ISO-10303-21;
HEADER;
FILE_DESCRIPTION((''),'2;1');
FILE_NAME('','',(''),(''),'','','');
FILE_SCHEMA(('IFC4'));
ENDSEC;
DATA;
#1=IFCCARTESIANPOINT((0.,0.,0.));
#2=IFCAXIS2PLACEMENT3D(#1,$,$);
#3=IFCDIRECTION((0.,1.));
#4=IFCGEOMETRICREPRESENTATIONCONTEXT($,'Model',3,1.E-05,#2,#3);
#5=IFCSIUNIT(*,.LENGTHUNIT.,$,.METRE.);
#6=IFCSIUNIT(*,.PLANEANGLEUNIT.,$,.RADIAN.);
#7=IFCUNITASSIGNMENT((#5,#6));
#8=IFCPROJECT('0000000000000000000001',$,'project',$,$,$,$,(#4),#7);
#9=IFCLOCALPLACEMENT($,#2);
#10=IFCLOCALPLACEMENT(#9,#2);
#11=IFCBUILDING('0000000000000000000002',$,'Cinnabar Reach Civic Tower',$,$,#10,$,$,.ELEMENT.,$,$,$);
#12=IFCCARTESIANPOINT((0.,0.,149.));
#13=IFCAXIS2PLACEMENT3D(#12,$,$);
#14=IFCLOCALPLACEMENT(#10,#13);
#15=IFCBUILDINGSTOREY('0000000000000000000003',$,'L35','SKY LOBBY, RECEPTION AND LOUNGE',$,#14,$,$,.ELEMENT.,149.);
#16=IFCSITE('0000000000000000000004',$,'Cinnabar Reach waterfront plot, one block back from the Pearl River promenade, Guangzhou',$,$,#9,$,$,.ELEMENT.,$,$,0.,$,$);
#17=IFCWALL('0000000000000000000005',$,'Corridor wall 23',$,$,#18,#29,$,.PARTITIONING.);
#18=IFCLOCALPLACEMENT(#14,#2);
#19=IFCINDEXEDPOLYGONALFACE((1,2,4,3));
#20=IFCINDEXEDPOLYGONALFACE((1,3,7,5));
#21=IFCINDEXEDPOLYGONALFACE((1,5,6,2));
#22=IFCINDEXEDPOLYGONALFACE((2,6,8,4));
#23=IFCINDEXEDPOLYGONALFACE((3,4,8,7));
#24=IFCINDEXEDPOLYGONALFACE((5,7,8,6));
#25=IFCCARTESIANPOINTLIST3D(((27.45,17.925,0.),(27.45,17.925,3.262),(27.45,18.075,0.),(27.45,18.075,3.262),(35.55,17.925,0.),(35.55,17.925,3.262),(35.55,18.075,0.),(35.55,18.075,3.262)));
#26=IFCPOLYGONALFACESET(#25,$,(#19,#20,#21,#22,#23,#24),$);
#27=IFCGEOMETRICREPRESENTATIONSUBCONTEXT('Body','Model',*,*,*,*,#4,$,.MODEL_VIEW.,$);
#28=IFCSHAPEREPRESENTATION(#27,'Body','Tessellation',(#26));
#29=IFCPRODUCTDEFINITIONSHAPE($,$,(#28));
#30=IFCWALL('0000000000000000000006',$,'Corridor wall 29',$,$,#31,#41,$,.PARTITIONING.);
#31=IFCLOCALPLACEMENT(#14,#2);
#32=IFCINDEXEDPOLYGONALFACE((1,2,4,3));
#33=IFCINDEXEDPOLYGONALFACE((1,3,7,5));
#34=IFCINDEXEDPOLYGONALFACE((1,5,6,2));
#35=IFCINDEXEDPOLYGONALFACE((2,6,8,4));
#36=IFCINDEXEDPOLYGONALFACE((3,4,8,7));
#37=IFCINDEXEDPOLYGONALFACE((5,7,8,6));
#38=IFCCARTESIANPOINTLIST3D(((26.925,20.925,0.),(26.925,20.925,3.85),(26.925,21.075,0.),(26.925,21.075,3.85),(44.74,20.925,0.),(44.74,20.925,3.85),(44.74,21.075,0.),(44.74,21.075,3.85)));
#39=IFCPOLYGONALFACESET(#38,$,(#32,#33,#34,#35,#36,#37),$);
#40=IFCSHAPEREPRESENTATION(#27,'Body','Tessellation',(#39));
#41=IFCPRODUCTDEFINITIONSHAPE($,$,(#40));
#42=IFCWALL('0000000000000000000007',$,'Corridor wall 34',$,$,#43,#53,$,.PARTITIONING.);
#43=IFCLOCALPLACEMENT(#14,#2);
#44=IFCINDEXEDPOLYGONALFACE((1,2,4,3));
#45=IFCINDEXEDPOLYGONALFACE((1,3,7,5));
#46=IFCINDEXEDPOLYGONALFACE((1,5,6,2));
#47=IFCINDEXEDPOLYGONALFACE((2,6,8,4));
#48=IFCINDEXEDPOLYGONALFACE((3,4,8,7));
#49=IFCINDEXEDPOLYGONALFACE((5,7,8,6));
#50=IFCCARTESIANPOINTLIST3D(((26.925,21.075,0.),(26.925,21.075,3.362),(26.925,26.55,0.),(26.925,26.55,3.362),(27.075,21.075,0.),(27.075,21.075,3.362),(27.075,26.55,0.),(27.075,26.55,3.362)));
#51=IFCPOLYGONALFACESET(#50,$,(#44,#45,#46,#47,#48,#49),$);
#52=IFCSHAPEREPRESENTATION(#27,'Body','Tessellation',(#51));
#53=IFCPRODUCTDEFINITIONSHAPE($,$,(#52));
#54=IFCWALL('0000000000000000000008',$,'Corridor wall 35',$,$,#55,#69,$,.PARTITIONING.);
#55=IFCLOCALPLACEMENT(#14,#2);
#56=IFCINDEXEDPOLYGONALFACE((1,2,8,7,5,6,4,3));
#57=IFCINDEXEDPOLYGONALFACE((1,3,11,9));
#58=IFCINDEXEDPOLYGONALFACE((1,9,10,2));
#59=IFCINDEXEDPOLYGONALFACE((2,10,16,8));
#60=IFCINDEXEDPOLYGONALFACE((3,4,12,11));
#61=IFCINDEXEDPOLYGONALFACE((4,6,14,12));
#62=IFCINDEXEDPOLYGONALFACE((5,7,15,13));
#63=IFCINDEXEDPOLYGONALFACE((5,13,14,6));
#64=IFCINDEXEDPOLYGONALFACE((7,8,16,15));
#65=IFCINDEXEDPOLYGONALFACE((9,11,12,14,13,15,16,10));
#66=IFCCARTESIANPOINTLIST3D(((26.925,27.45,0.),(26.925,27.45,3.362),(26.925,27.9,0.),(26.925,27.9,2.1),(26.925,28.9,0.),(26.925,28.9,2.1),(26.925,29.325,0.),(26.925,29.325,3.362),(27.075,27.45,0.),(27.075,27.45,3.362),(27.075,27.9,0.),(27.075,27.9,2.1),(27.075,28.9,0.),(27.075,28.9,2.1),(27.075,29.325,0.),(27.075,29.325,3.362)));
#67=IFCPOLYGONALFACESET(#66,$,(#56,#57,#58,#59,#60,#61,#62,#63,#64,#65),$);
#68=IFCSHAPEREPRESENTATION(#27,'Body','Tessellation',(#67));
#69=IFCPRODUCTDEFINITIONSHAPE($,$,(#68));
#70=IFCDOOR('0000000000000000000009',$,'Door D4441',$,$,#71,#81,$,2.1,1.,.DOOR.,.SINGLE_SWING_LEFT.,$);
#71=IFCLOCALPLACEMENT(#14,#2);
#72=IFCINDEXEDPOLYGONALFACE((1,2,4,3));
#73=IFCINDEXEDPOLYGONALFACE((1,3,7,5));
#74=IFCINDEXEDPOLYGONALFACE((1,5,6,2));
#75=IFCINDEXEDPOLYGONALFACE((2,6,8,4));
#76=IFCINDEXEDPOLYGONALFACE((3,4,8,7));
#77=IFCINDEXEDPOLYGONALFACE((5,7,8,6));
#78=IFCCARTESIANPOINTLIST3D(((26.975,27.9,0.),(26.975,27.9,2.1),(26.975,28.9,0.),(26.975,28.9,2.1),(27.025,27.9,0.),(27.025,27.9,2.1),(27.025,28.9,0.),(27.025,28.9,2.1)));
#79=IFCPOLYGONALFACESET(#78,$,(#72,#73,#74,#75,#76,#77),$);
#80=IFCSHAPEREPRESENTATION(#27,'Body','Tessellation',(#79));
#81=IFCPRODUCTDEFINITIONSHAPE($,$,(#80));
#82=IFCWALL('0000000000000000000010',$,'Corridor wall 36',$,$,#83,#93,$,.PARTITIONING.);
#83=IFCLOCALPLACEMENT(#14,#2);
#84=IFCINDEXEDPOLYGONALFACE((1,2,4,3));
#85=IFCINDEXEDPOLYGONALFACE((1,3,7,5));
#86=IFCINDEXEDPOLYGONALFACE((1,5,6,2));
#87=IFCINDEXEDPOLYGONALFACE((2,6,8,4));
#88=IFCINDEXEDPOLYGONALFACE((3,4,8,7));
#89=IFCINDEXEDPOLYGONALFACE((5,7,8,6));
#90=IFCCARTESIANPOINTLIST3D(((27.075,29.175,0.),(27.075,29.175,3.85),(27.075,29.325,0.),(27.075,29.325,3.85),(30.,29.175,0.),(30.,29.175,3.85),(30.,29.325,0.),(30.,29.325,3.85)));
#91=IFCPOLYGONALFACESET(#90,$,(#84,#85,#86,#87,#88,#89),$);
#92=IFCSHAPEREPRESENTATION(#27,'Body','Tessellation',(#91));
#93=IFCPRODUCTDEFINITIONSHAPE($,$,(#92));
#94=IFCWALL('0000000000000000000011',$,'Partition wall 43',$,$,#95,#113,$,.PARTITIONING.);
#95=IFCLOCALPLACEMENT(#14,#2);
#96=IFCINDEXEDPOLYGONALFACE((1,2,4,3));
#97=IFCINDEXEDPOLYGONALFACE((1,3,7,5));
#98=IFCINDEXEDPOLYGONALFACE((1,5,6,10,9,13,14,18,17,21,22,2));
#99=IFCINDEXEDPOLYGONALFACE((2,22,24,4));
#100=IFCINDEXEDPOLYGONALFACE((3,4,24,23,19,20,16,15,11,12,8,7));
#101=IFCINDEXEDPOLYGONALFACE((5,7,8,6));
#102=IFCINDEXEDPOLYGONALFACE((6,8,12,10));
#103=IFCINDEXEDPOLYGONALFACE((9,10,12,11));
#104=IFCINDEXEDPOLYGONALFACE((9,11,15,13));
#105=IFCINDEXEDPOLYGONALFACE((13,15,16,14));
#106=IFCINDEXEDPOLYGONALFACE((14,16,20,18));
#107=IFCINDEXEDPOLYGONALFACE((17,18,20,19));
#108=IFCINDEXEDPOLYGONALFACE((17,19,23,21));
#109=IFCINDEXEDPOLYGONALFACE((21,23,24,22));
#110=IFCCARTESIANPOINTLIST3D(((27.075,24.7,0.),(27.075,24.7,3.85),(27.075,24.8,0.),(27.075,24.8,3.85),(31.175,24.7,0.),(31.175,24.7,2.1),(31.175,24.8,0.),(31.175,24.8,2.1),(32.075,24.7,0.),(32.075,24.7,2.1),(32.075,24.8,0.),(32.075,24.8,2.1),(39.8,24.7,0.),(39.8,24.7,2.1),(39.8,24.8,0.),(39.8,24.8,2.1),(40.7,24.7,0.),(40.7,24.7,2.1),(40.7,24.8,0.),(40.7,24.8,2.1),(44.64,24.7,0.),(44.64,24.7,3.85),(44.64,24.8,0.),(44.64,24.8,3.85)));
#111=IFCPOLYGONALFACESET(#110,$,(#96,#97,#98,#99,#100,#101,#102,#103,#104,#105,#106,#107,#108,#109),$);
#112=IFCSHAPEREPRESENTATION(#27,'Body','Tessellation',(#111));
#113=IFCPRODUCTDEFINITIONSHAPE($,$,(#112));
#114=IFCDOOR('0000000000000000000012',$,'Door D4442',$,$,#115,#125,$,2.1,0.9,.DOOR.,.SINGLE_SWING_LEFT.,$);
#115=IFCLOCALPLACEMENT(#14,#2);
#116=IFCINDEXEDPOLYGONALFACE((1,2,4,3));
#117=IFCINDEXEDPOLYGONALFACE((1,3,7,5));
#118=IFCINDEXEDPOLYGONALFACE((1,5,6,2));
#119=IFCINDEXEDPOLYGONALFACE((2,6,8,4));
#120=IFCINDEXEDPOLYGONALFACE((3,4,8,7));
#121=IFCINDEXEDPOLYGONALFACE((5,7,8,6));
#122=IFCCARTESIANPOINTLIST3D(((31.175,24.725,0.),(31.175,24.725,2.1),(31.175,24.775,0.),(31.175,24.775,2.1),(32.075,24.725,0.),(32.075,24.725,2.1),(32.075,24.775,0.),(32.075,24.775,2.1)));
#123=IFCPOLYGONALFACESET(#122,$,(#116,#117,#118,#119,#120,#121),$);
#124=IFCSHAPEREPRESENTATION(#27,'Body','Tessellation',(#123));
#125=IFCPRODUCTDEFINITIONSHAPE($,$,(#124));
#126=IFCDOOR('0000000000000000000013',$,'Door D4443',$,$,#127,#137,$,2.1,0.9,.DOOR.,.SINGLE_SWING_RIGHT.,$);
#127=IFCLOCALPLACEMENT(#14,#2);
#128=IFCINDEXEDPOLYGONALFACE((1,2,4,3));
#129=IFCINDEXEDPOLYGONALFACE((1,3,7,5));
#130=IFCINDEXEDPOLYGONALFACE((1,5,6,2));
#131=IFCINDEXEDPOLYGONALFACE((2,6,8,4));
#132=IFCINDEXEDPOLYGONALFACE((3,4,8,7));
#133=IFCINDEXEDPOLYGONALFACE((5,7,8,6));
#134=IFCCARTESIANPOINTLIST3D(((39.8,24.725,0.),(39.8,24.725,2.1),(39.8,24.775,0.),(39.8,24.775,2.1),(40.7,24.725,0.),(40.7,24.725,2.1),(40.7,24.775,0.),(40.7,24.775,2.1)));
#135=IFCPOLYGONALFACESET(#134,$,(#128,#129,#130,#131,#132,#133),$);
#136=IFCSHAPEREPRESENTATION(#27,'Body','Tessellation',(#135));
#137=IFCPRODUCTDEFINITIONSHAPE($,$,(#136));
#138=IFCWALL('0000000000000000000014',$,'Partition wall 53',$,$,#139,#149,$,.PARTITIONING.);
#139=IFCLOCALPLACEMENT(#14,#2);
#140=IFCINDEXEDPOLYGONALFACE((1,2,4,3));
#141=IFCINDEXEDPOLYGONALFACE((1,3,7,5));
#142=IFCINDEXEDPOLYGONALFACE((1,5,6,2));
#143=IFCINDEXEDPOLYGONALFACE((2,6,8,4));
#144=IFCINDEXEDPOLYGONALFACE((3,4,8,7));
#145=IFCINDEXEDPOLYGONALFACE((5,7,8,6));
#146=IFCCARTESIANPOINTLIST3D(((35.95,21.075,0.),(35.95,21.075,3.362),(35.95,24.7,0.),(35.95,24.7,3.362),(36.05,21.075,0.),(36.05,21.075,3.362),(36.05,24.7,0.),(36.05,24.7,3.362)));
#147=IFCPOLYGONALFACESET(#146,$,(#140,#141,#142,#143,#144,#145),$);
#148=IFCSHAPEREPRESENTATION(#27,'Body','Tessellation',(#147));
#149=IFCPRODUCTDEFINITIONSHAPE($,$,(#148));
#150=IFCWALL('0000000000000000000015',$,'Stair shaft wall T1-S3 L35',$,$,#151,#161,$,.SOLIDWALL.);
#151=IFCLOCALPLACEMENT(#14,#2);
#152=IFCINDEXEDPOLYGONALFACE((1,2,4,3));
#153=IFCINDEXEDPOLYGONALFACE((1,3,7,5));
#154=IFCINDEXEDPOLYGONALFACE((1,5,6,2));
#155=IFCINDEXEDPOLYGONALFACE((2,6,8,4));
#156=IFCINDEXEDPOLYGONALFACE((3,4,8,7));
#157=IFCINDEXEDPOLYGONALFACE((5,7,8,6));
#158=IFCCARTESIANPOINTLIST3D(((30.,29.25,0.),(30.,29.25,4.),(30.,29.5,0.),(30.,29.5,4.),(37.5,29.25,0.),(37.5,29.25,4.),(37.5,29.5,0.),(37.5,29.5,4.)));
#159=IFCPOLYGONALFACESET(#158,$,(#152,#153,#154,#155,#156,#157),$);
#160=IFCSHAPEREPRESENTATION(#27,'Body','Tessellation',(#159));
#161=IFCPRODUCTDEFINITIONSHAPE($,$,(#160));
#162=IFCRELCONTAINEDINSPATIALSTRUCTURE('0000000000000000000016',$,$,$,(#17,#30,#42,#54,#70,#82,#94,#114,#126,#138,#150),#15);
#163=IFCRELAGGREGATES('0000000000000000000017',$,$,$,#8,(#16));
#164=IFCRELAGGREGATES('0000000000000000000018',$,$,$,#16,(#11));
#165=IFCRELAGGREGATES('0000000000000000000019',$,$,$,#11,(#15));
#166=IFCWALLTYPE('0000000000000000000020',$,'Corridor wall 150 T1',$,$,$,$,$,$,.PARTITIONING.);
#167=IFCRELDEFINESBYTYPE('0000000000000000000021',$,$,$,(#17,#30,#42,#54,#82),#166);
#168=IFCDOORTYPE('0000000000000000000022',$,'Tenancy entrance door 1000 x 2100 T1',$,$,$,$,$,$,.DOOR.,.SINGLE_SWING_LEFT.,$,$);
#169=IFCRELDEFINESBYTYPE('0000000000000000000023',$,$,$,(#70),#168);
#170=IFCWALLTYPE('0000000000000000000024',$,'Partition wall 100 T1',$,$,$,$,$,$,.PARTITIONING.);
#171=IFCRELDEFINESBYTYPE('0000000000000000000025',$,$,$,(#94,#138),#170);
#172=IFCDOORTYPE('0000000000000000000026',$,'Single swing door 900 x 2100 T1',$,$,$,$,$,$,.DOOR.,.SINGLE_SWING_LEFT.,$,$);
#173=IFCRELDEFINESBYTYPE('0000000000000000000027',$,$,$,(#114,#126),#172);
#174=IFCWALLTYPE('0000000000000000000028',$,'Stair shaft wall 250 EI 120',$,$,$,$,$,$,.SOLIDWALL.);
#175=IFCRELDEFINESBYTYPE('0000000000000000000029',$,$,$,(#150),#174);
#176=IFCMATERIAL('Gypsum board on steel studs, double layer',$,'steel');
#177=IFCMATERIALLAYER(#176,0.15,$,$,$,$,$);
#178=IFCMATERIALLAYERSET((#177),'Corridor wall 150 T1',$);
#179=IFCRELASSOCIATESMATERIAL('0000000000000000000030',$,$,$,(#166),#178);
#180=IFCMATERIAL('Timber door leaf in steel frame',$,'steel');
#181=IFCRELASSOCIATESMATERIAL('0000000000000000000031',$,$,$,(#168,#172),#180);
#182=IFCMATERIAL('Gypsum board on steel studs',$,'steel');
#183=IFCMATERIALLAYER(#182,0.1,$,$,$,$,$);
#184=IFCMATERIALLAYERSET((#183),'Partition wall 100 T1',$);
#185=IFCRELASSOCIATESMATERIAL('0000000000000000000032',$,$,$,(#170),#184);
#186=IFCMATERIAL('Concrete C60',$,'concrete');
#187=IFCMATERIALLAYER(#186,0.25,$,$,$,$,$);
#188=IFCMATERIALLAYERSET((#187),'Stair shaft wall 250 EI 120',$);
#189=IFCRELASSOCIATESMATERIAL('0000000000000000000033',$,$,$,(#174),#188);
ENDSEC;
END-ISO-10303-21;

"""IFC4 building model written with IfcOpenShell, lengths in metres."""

from ifc_helpers import new_model, si_unit, direction, frame, frame_2d, origin, place, context, subcontext, project, spatial, rectangle, extrude, material, layer, layer_set, type_object, element, fill, save


model = new_model("IFC4")

# Units and contexts
model_context = context("Model", 3, precision=1e-05, world=origin(), true_north=direction((0.0, 1.0)))
body_context = subcontext(model_context, "Body", "Model", "MODEL_VIEW")
ifc_project = project(units=[si_unit("LENGTHUNIT", "METRE"), si_unit("PLANEANGLEUNIT", "RADIAN")], contexts=[model_context])

# Site, building, storey
site_placement = place(None, origin())
site = spatial("IfcSite", under=ifc_project, at=site_placement, Name="Cinnabar Reach waterfront plot, one block back from the Pearl River promenade, Guangzhou", CompositionType="ELEMENT", RefElevation=0.0)
building_placement = place(site_placement, origin())
building = spatial("IfcBuilding", under=site, at=building_placement, Name="Cinnabar Reach Civic Tower", CompositionType="ELEMENT")
storey_placement = place(building_placement, frame((0.0, 0.0, 149.0)))
storey = spatial("IfcBuildingStorey", under=building, at=storey_placement, Name="L35", Description="SKY LOBBY, RECEPTION AND LOUNGE", CompositionType="ELEMENT", Elevation=149.0)

# Shared definitions
ifc_material_1 = material(Name="Timber door leaf in steel frame", Category="steel")

# Walls
ifc_material_2 = material(Name="Gypsum board on steel studs, double layer", Category="steel")
ifc_layer_1 = layer(ifc_material_2, 0.15)
ifc_layer_set_1 = layer_set([ifc_layer_1], Name="Corridor wall 150 T1")
wall_type_1 = type_object("IfcWallType", Name="Corridor wall 150 T1", PredefinedType="PARTITIONING", material=ifc_layer_set_1)
wall_1_placement = place(storey_placement, frame((27.45, 18.0, 0.0), z_axis=(0.0, 0.0, 1.0), x_axis=(1.0, 0.0, 0.0)))
element("IfcWall", 1, at=wall_1_placement, inside=storey, type_object=wall_type_1, Name="Corridor wall 23", PredefinedType="PARTITIONING", context=body_context, shape_type="SweptSolid", body=[
    extrude(rectangle(XDim=8.1, YDim=0.15, at=frame_2d((4.05, 0.0))), origin(), (0.0, 0.0, 1.0), 3.262),
])
wall_2_placement = place(storey_placement, frame((26.925, 21.0, 0.0), z_axis=(0.0, 0.0, 1.0), x_axis=(1.0, 0.0, 0.0)))
element("IfcWall", 2, at=wall_2_placement, inside=storey, type_object=wall_type_1, Name="Corridor wall 29", PredefinedType="PARTITIONING", context=body_context, shape_type="SweptSolid", body=[
    extrude(rectangle(XDim=17.815, YDim=0.15, at=frame_2d((8.9075, 0.0))), origin(), (0.0, 0.0, 1.0), 3.85),
])
wall_3_placement = place(storey_placement, frame((27.0, 21.075, 0.0), z_axis=(0.0, 0.0, 1.0), x_axis=(0.0, 1.0, 0.0)))
element("IfcWall", 3, at=wall_3_placement, inside=storey, type_object=wall_type_1, Name="Corridor wall 34", PredefinedType="PARTITIONING", context=body_context, shape_type="SweptSolid", body=[
    extrude(rectangle(XDim=5.475, YDim=0.15, at=frame_2d((2.7375, 0.0))), origin(), (0.0, 0.0, 1.0), 3.362),
])

# Wall, opening, door
wall_4_placement = place(storey_placement, frame((27.0, 27.45, 0.0), z_axis=(0.0, 0.0, 1.0), x_axis=(0.0, 1.0, 0.0)))
wall_4 = element("IfcWall", 4, at=wall_4_placement, inside=storey, type_object=wall_type_1, Name="Corridor wall 35", PredefinedType="PARTITIONING", context=body_context, shape_type="SweptSolid", body=[
    extrude(rectangle(XDim=1.875, YDim=0.15, at=frame_2d((0.9375, 0.0))), origin(), (0.0, 0.0, 1.0), 3.362),
])
opening_1_placement = place(wall_4_placement, frame((0.45, 0.0, 0.0)))
opening_1 = element("IfcOpeningElement", 5, at=opening_1_placement, cuts=wall_4, PredefinedType="OPENING", context=body_context, shape_type="SweptSolid", body=[
    extrude(rectangle(XDim=1.0, YDim=2.1, at=frame_2d((0.5, 1.05))), frame((0.0, 0.085, 0.0), z_axis=(0.0, -1.0, 0.0), x_axis=(1.0, 0.0, 0.0)), (0.0, 0.0, 1.0), 0.17),
])
door_type_1 = type_object("IfcDoorType", Name="Tenancy entrance door 1000 x 2100 T1", OperationType="SINGLE_SWING_LEFT", PredefinedType="DOOR", material=ifc_material_1)
door_1_placement = place(opening_1_placement, frame((1.0, 0.0, 0.0), z_axis=(0.0, 0.0, 1.0), x_axis=(-1.0, 0.0, 0.0)))
door_1 = element("IfcDoor", 6, at=door_1_placement, inside=storey, type_object=door_type_1, Name="Door D4441", OperationType="SINGLE_SWING_LEFT", OverallHeight=2.1, OverallWidth=1.0, PredefinedType="DOOR", context=body_context, shape_type="SweptSolid", body=[
    extrude(rectangle(XDim=1.0, YDim=2.1, at=frame_2d((0.5, 1.05))), frame((0.0, 0.025, 0.0), z_axis=(0.0, -1.0, 0.0), x_axis=(1.0, 0.0, 0.0)), (0.0, 0.0, 1.0), 0.05),
])
fill(opening_1, door_1)

# Wall
wall_5_placement = place(storey_placement, frame((27.075, 29.25, 0.0), z_axis=(0.0, 0.0, 1.0), x_axis=(1.0, 0.0, 0.0)))
element("IfcWall", 7, at=wall_5_placement, inside=storey, type_object=wall_type_1, Name="Corridor wall 36", PredefinedType="PARTITIONING", context=body_context, shape_type="SweptSolid", body=[
    extrude(rectangle(XDim=2.925, YDim=0.15, at=frame_2d((1.4625, 0.0))), origin(), (0.0, 0.0, 1.0), 3.85),
])

# Wall, openings, doors
ifc_material_3 = material(Name="Gypsum board on steel studs", Category="steel")
ifc_layer_2 = layer(ifc_material_3, 0.1)
ifc_layer_set_2 = layer_set([ifc_layer_2], Name="Partition wall 100 T1")
wall_type_2 = type_object("IfcWallType", Name="Partition wall 100 T1", PredefinedType="PARTITIONING", material=ifc_layer_set_2)
wall_6_placement = place(storey_placement, frame((27.075, 24.75, 0.0), z_axis=(0.0, 0.0, 1.0), x_axis=(1.0, 0.0, 0.0)))
wall_6 = element("IfcWall", 8, at=wall_6_placement, inside=storey, type_object=wall_type_2, Name="Partition wall 43", PredefinedType="PARTITIONING", context=body_context, shape_type="SweptSolid", body=[
    extrude(rectangle(XDim=17.565, YDim=0.1, at=frame_2d((8.7825, 0.0))), origin(), (0.0, 0.0, 1.0), 3.85),
])
opening_2_placement = place(wall_6_placement, frame((4.1, 0.0, 0.0)))
opening_2 = element("IfcOpeningElement", 9, at=opening_2_placement, cuts=wall_6, PredefinedType="OPENING", context=body_context, shape_type="SweptSolid", body=[
    extrude(rectangle(XDim=0.9, YDim=2.1, at=frame_2d((0.45, 1.05))), frame((0.0, 0.06, 0.0), z_axis=(0.0, -1.0, 0.0), x_axis=(1.0, 0.0, 0.0)), (0.0, 0.0, 1.0), 0.12),
])
opening_3_placement = place(wall_6_placement, frame((12.725, 0.0, 0.0)))
opening_3 = element("IfcOpeningElement", 10, at=opening_3_placement, cuts=wall_6, PredefinedType="OPENING", context=body_context, shape_type="SweptSolid", body=[
    extrude(rectangle(XDim=0.9, YDim=2.1, at=frame_2d((0.45, 1.05))), frame((0.0, 0.06, 0.0), z_axis=(0.0, -1.0, 0.0), x_axis=(1.0, 0.0, 0.0)), (0.0, 0.0, 1.0), 0.12),
])
door_type_2 = type_object("IfcDoorType", Name="Single swing door 900 x 2100 T1", OperationType="SINGLE_SWING_LEFT", PredefinedType="DOOR", material=ifc_material_1)
door_2_placement = place(opening_2_placement, frame((0.9, 0.0, 0.0), z_axis=(0.0, 0.0, 1.0), x_axis=(-1.0, 0.0, 0.0)))
door_2 = element("IfcDoor", 11, at=door_2_placement, inside=storey, type_object=door_type_2, Name="Door D4442", OperationType="SINGLE_SWING_LEFT", OverallHeight=2.1, OverallWidth=0.9, PredefinedType="DOOR", context=body_context, shape_type="SweptSolid", body=[
    extrude(rectangle(XDim=0.9, YDim=2.1, at=frame_2d((0.45, 1.05))), frame((0.0, 0.025, 0.0), z_axis=(0.0, -1.0, 0.0), x_axis=(1.0, 0.0, 0.0)), (0.0, 0.0, 1.0), 0.05),
])
fill(opening_2, door_2)
door_3_placement = place(opening_3_placement, frame((0.9, 0.0, 0.0), z_axis=(0.0, 0.0, 1.0), x_axis=(-1.0, 0.0, 0.0)))
door_3 = element("IfcDoor", 12, at=door_3_placement, inside=storey, type_object=door_type_2, Name="Door D4443", OperationType="SINGLE_SWING_RIGHT", OverallHeight=2.1, OverallWidth=0.9, PredefinedType="DOOR", context=body_context, shape_type="SweptSolid", body=[
    extrude(rectangle(XDim=0.9, YDim=2.1, at=frame_2d((0.45, 1.05))), frame((0.0, 0.025, 0.0), z_axis=(0.0, -1.0, 0.0), x_axis=(1.0, 0.0, 0.0)), (0.0, 0.0, 1.0), 0.05),
])
fill(opening_3, door_3)

# Walls
wall_7_placement = place(storey_placement, frame((36.0, 21.075, 0.0), z_axis=(0.0, 0.0, 1.0), x_axis=(0.0, 1.0, 0.0)))
element("IfcWall", 13, at=wall_7_placement, inside=storey, type_object=wall_type_2, Name="Partition wall 53", PredefinedType="PARTITIONING", context=body_context, shape_type="SweptSolid", body=[
    extrude(rectangle(XDim=3.625, YDim=0.1, at=frame_2d((1.8125, 0.0))), origin(), (0.0, 0.0, 1.0), 3.362),
])
ifc_material_4 = material(Name="Concrete C60", Category="concrete")
ifc_layer_3 = layer(ifc_material_4, 0.25)
ifc_layer_set_3 = layer_set([ifc_layer_3], Name="Stair shaft wall 250 EI 120")
wall_type_3 = type_object("IfcWallType", Name="Stair shaft wall 250 EI 120", PredefinedType="SOLIDWALL", material=ifc_layer_set_3)
wall_8_placement = place(storey_placement, frame((30.0, 29.375, 0.0), z_axis=(0.0, 0.0, 1.0), x_axis=(1.0, 0.0, 0.0)))
element("IfcWall", 14, at=wall_8_placement, inside=storey, type_object=wall_type_3, Name="Stair shaft wall T1-S3 L35", PredefinedType="SOLIDWALL", context=body_context, shape_type="SweptSolid", body=[
    extrude(rectangle(XDim=7.5, YDim=0.25, at=frame_2d((3.75, 0.0))), origin(), (0.0, 0.0, 1.0), 4.0),
])

save(model, "model.ifc")
